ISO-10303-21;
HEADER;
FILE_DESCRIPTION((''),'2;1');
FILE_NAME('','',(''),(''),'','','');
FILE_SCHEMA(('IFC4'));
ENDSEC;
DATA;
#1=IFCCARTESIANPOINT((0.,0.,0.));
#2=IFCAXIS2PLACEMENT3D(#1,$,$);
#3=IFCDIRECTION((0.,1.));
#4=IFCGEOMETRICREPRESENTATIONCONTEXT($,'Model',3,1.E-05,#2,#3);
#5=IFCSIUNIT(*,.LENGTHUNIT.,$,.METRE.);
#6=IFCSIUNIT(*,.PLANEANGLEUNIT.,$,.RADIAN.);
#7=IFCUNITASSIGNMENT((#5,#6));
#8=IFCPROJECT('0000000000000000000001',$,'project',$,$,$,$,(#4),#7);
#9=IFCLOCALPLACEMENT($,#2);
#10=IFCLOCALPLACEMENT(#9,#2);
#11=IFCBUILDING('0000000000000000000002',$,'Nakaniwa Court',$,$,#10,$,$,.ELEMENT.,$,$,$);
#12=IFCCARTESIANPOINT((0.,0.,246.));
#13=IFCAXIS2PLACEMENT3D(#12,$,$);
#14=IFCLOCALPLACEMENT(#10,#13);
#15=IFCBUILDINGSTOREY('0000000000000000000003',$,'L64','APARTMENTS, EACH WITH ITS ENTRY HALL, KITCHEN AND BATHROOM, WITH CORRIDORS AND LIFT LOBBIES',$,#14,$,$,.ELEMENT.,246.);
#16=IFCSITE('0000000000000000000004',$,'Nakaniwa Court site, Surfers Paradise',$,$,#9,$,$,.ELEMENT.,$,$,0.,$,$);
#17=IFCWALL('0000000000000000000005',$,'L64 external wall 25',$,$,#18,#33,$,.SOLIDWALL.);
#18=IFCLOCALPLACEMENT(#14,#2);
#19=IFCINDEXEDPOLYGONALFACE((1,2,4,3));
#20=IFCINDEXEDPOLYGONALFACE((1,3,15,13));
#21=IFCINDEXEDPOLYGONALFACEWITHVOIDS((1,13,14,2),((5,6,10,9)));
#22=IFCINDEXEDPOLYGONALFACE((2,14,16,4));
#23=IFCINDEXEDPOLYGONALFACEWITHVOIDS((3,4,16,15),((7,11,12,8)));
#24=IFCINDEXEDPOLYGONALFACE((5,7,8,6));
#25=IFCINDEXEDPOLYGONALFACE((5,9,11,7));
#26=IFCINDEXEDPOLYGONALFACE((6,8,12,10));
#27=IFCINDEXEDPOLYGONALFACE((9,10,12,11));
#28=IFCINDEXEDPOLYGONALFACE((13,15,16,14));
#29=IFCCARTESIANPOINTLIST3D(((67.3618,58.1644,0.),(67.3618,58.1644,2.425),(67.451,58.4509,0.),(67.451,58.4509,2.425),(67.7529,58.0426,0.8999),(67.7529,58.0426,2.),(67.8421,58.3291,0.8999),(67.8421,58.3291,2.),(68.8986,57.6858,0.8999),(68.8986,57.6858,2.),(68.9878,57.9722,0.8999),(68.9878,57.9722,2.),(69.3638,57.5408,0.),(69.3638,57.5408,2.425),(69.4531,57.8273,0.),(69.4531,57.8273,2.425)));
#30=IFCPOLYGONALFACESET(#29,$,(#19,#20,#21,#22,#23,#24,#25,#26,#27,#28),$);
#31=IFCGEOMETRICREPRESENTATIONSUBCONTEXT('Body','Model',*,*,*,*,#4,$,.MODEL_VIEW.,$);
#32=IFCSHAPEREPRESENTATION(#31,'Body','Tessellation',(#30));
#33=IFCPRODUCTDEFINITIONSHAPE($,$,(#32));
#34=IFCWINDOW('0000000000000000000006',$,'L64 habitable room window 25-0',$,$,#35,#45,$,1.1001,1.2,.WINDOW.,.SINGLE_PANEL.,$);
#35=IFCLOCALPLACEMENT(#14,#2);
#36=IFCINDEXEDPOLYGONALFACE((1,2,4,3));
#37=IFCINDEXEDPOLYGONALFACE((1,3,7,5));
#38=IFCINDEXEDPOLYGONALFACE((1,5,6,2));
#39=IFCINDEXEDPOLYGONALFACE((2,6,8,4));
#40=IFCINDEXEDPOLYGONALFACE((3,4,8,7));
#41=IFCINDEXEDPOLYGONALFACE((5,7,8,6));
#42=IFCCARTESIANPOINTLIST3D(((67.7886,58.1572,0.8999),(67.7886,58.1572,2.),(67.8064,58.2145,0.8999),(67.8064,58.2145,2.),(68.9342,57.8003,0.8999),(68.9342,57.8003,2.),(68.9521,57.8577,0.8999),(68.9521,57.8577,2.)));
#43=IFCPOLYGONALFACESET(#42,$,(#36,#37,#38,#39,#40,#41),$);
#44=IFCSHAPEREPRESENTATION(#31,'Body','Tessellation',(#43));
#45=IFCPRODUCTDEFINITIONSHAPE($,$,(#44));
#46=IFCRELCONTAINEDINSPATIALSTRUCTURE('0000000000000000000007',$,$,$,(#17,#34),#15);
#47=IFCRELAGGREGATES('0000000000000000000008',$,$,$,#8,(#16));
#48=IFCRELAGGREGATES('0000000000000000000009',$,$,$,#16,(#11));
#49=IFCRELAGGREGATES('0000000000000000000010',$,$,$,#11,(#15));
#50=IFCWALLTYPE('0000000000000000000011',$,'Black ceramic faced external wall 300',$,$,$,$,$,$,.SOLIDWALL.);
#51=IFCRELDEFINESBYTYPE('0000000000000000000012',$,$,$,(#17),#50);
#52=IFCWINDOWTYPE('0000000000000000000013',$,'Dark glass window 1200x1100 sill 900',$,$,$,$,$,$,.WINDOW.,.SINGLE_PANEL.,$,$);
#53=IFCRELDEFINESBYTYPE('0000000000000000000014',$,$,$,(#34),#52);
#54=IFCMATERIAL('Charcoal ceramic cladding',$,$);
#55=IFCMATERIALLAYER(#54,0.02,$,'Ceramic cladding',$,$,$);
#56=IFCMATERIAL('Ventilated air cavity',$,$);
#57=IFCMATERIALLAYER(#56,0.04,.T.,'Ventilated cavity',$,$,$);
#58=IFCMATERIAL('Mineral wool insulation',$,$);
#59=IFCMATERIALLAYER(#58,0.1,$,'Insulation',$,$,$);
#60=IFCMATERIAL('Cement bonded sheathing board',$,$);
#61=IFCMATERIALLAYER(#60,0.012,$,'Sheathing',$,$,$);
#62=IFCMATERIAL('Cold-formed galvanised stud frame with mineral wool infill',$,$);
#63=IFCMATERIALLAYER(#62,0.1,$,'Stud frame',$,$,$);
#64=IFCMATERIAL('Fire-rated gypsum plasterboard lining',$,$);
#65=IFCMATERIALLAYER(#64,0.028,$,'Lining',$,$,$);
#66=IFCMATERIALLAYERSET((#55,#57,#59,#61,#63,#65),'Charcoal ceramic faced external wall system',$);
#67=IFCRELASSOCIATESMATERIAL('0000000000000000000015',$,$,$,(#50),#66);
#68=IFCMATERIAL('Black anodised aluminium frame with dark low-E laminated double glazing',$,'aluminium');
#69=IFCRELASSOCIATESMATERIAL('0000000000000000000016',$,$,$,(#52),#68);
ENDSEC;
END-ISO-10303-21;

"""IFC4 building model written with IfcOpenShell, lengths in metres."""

from ifc_helpers import new_model, si_unit, direction, frame, frame_2d, origin, place, context, subcontext, project, spatial, rectangle, extrude, material, layer, layer_set, type_object, element, fill, save


model = new_model("IFC4")

# Units and contexts
model_context = context("Model", 3, precision=1e-05, world=origin(), true_north=direction((0.0, 1.0)))
body_context = subcontext(model_context, "Body", "Model", "MODEL_VIEW")
ifc_project = project(units=[si_unit("LENGTHUNIT", "METRE"), si_unit("PLANEANGLEUNIT", "RADIAN")], contexts=[model_context])

# Site, building, storey
site_placement = place(None, origin())
site = spatial("IfcSite", under=ifc_project, at=site_placement, Name="Nakaniwa Court site, Surfers Paradise", CompositionType="ELEMENT", RefElevation=0.0)
building_placement = place(site_placement, origin())
building = spatial("IfcBuilding", under=site, at=building_placement, Name="Nakaniwa Court", CompositionType="ELEMENT")
storey_placement = place(building_placement, frame((0.0, 0.0, 246.0)))
storey = spatial("IfcBuildingStorey", under=building, at=storey_placement, Name="L64", Description="APARTMENTS, EACH WITH ITS ENTRY HALL, KITCHEN AND BATHROOM, WITH CORRIDORS AND LIFT LOBBIES", CompositionType="ELEMENT", Elevation=246.0)

# Wall, opening, window
ifc_material_1 = material(Name="Charcoal ceramic cladding")
ifc_layer_1 = layer(ifc_material_1, 0.02, Name="Ceramic cladding")
ifc_material_2 = material(Name="Ventilated air cavity")
ifc_layer_2 = layer(ifc_material_2, 0.04, ventilated=True, Name="Ventilated cavity")
ifc_material_3 = material(Name="Mineral wool insulation")
ifc_layer_3 = layer(ifc_material_3, 0.1, Name="Insulation")
ifc_material_4 = material(Name="Cement bonded sheathing board")
ifc_layer_4 = layer(ifc_material_4, 0.012, Name="Sheathing")
ifc_material_5 = material(Name="Cold-formed galvanised stud frame with mineral wool infill")
ifc_layer_5 = layer(ifc_material_5, 0.1, Name="Stud frame")
ifc_material_6 = material(Name="Fire-rated gypsum plasterboard lining")
ifc_layer_6 = layer(ifc_material_6, 0.028, Name="Lining")
ifc_layer_set_1 = layer_set([ifc_layer_1, ifc_layer_2, ifc_layer_3, ifc_layer_4, ifc_layer_5, ifc_layer_6], Name="Charcoal ceramic faced external wall system")
wall_type_1 = type_object("IfcWallType", Name="Black ceramic faced external wall 300", PredefinedType="SOLIDWALL", material=ifc_layer_set_1)
ifc_material_7 = material(Name="Black anodised aluminium frame with dark low-E laminated double glazing", Category="aluminium")
window_type_1 = type_object("IfcWindowType", Name="Dark glass window 1200x1100 sill 900", PartitioningType="SINGLE_PANEL", PredefinedType="WINDOW", material=ifc_material_7)
wall_1_placement = place(storey_placement, frame((67.4065, 58.3076, 0.0), z_axis=(0.0, 0.0, 1.0), x_axis=(0.954761, -0.297373, 0.0)))
wall_1 = element("IfcWall", 1, at=wall_1_placement, inside=storey, type_object=wall_type_1, Name="L64 external wall 25", PredefinedType="SOLIDWALL", context=body_context, shape_type="SweptSolid", body=[
    extrude(rectangle(XDim=2.0969, YDim=0.3, at=frame_2d((1.0483, 0.0))), origin(), (0.0, 0.0, 1.0), 2.425),
])
opening_1_placement = place(wall_1_placement, frame((0.4094, 0.0, 0.8999)))
opening_1 = element("IfcOpeningElement", 2, at=opening_1_placement, cuts=wall_1, PredefinedType="OPENING", context=body_context, shape_type="SweptSolid", body=[
    extrude(rectangle(XDim=1.2, YDim=1.1001, at=frame_2d((0.6001, 0.55))), frame((0.0, 0.1599, 0.0), z_axis=(0.0, -1.0, 0.0), x_axis=(1.0, 0.0, 0.0)), (0.0, 0.0, 1.0), 0.3201),
])
window_1_placement = place(opening_1_placement, origin())
window_1 = element("IfcWindow", 3, at=window_1_placement, inside=storey, type_object=window_type_1, Name="L64 habitable room window 25-0", OverallHeight=1.1001, OverallWidth=1.2, PartitioningType="SINGLE_PANEL", PredefinedType="WINDOW", context=body_context, shape_type="SweptSolid", body=[
    extrude(rectangle(XDim=1.2, YDim=1.1001, at=frame_2d((0.6001, 0.55))), frame((0.0, 0.03, 0.0), z_axis=(0.0, -1.0, 0.0), x_axis=(1.0, 0.0, 0.0)), (0.0, 0.0, 1.0), 0.0601),
])
fill(opening_1, window_1)

save(model, "model.ifc")
